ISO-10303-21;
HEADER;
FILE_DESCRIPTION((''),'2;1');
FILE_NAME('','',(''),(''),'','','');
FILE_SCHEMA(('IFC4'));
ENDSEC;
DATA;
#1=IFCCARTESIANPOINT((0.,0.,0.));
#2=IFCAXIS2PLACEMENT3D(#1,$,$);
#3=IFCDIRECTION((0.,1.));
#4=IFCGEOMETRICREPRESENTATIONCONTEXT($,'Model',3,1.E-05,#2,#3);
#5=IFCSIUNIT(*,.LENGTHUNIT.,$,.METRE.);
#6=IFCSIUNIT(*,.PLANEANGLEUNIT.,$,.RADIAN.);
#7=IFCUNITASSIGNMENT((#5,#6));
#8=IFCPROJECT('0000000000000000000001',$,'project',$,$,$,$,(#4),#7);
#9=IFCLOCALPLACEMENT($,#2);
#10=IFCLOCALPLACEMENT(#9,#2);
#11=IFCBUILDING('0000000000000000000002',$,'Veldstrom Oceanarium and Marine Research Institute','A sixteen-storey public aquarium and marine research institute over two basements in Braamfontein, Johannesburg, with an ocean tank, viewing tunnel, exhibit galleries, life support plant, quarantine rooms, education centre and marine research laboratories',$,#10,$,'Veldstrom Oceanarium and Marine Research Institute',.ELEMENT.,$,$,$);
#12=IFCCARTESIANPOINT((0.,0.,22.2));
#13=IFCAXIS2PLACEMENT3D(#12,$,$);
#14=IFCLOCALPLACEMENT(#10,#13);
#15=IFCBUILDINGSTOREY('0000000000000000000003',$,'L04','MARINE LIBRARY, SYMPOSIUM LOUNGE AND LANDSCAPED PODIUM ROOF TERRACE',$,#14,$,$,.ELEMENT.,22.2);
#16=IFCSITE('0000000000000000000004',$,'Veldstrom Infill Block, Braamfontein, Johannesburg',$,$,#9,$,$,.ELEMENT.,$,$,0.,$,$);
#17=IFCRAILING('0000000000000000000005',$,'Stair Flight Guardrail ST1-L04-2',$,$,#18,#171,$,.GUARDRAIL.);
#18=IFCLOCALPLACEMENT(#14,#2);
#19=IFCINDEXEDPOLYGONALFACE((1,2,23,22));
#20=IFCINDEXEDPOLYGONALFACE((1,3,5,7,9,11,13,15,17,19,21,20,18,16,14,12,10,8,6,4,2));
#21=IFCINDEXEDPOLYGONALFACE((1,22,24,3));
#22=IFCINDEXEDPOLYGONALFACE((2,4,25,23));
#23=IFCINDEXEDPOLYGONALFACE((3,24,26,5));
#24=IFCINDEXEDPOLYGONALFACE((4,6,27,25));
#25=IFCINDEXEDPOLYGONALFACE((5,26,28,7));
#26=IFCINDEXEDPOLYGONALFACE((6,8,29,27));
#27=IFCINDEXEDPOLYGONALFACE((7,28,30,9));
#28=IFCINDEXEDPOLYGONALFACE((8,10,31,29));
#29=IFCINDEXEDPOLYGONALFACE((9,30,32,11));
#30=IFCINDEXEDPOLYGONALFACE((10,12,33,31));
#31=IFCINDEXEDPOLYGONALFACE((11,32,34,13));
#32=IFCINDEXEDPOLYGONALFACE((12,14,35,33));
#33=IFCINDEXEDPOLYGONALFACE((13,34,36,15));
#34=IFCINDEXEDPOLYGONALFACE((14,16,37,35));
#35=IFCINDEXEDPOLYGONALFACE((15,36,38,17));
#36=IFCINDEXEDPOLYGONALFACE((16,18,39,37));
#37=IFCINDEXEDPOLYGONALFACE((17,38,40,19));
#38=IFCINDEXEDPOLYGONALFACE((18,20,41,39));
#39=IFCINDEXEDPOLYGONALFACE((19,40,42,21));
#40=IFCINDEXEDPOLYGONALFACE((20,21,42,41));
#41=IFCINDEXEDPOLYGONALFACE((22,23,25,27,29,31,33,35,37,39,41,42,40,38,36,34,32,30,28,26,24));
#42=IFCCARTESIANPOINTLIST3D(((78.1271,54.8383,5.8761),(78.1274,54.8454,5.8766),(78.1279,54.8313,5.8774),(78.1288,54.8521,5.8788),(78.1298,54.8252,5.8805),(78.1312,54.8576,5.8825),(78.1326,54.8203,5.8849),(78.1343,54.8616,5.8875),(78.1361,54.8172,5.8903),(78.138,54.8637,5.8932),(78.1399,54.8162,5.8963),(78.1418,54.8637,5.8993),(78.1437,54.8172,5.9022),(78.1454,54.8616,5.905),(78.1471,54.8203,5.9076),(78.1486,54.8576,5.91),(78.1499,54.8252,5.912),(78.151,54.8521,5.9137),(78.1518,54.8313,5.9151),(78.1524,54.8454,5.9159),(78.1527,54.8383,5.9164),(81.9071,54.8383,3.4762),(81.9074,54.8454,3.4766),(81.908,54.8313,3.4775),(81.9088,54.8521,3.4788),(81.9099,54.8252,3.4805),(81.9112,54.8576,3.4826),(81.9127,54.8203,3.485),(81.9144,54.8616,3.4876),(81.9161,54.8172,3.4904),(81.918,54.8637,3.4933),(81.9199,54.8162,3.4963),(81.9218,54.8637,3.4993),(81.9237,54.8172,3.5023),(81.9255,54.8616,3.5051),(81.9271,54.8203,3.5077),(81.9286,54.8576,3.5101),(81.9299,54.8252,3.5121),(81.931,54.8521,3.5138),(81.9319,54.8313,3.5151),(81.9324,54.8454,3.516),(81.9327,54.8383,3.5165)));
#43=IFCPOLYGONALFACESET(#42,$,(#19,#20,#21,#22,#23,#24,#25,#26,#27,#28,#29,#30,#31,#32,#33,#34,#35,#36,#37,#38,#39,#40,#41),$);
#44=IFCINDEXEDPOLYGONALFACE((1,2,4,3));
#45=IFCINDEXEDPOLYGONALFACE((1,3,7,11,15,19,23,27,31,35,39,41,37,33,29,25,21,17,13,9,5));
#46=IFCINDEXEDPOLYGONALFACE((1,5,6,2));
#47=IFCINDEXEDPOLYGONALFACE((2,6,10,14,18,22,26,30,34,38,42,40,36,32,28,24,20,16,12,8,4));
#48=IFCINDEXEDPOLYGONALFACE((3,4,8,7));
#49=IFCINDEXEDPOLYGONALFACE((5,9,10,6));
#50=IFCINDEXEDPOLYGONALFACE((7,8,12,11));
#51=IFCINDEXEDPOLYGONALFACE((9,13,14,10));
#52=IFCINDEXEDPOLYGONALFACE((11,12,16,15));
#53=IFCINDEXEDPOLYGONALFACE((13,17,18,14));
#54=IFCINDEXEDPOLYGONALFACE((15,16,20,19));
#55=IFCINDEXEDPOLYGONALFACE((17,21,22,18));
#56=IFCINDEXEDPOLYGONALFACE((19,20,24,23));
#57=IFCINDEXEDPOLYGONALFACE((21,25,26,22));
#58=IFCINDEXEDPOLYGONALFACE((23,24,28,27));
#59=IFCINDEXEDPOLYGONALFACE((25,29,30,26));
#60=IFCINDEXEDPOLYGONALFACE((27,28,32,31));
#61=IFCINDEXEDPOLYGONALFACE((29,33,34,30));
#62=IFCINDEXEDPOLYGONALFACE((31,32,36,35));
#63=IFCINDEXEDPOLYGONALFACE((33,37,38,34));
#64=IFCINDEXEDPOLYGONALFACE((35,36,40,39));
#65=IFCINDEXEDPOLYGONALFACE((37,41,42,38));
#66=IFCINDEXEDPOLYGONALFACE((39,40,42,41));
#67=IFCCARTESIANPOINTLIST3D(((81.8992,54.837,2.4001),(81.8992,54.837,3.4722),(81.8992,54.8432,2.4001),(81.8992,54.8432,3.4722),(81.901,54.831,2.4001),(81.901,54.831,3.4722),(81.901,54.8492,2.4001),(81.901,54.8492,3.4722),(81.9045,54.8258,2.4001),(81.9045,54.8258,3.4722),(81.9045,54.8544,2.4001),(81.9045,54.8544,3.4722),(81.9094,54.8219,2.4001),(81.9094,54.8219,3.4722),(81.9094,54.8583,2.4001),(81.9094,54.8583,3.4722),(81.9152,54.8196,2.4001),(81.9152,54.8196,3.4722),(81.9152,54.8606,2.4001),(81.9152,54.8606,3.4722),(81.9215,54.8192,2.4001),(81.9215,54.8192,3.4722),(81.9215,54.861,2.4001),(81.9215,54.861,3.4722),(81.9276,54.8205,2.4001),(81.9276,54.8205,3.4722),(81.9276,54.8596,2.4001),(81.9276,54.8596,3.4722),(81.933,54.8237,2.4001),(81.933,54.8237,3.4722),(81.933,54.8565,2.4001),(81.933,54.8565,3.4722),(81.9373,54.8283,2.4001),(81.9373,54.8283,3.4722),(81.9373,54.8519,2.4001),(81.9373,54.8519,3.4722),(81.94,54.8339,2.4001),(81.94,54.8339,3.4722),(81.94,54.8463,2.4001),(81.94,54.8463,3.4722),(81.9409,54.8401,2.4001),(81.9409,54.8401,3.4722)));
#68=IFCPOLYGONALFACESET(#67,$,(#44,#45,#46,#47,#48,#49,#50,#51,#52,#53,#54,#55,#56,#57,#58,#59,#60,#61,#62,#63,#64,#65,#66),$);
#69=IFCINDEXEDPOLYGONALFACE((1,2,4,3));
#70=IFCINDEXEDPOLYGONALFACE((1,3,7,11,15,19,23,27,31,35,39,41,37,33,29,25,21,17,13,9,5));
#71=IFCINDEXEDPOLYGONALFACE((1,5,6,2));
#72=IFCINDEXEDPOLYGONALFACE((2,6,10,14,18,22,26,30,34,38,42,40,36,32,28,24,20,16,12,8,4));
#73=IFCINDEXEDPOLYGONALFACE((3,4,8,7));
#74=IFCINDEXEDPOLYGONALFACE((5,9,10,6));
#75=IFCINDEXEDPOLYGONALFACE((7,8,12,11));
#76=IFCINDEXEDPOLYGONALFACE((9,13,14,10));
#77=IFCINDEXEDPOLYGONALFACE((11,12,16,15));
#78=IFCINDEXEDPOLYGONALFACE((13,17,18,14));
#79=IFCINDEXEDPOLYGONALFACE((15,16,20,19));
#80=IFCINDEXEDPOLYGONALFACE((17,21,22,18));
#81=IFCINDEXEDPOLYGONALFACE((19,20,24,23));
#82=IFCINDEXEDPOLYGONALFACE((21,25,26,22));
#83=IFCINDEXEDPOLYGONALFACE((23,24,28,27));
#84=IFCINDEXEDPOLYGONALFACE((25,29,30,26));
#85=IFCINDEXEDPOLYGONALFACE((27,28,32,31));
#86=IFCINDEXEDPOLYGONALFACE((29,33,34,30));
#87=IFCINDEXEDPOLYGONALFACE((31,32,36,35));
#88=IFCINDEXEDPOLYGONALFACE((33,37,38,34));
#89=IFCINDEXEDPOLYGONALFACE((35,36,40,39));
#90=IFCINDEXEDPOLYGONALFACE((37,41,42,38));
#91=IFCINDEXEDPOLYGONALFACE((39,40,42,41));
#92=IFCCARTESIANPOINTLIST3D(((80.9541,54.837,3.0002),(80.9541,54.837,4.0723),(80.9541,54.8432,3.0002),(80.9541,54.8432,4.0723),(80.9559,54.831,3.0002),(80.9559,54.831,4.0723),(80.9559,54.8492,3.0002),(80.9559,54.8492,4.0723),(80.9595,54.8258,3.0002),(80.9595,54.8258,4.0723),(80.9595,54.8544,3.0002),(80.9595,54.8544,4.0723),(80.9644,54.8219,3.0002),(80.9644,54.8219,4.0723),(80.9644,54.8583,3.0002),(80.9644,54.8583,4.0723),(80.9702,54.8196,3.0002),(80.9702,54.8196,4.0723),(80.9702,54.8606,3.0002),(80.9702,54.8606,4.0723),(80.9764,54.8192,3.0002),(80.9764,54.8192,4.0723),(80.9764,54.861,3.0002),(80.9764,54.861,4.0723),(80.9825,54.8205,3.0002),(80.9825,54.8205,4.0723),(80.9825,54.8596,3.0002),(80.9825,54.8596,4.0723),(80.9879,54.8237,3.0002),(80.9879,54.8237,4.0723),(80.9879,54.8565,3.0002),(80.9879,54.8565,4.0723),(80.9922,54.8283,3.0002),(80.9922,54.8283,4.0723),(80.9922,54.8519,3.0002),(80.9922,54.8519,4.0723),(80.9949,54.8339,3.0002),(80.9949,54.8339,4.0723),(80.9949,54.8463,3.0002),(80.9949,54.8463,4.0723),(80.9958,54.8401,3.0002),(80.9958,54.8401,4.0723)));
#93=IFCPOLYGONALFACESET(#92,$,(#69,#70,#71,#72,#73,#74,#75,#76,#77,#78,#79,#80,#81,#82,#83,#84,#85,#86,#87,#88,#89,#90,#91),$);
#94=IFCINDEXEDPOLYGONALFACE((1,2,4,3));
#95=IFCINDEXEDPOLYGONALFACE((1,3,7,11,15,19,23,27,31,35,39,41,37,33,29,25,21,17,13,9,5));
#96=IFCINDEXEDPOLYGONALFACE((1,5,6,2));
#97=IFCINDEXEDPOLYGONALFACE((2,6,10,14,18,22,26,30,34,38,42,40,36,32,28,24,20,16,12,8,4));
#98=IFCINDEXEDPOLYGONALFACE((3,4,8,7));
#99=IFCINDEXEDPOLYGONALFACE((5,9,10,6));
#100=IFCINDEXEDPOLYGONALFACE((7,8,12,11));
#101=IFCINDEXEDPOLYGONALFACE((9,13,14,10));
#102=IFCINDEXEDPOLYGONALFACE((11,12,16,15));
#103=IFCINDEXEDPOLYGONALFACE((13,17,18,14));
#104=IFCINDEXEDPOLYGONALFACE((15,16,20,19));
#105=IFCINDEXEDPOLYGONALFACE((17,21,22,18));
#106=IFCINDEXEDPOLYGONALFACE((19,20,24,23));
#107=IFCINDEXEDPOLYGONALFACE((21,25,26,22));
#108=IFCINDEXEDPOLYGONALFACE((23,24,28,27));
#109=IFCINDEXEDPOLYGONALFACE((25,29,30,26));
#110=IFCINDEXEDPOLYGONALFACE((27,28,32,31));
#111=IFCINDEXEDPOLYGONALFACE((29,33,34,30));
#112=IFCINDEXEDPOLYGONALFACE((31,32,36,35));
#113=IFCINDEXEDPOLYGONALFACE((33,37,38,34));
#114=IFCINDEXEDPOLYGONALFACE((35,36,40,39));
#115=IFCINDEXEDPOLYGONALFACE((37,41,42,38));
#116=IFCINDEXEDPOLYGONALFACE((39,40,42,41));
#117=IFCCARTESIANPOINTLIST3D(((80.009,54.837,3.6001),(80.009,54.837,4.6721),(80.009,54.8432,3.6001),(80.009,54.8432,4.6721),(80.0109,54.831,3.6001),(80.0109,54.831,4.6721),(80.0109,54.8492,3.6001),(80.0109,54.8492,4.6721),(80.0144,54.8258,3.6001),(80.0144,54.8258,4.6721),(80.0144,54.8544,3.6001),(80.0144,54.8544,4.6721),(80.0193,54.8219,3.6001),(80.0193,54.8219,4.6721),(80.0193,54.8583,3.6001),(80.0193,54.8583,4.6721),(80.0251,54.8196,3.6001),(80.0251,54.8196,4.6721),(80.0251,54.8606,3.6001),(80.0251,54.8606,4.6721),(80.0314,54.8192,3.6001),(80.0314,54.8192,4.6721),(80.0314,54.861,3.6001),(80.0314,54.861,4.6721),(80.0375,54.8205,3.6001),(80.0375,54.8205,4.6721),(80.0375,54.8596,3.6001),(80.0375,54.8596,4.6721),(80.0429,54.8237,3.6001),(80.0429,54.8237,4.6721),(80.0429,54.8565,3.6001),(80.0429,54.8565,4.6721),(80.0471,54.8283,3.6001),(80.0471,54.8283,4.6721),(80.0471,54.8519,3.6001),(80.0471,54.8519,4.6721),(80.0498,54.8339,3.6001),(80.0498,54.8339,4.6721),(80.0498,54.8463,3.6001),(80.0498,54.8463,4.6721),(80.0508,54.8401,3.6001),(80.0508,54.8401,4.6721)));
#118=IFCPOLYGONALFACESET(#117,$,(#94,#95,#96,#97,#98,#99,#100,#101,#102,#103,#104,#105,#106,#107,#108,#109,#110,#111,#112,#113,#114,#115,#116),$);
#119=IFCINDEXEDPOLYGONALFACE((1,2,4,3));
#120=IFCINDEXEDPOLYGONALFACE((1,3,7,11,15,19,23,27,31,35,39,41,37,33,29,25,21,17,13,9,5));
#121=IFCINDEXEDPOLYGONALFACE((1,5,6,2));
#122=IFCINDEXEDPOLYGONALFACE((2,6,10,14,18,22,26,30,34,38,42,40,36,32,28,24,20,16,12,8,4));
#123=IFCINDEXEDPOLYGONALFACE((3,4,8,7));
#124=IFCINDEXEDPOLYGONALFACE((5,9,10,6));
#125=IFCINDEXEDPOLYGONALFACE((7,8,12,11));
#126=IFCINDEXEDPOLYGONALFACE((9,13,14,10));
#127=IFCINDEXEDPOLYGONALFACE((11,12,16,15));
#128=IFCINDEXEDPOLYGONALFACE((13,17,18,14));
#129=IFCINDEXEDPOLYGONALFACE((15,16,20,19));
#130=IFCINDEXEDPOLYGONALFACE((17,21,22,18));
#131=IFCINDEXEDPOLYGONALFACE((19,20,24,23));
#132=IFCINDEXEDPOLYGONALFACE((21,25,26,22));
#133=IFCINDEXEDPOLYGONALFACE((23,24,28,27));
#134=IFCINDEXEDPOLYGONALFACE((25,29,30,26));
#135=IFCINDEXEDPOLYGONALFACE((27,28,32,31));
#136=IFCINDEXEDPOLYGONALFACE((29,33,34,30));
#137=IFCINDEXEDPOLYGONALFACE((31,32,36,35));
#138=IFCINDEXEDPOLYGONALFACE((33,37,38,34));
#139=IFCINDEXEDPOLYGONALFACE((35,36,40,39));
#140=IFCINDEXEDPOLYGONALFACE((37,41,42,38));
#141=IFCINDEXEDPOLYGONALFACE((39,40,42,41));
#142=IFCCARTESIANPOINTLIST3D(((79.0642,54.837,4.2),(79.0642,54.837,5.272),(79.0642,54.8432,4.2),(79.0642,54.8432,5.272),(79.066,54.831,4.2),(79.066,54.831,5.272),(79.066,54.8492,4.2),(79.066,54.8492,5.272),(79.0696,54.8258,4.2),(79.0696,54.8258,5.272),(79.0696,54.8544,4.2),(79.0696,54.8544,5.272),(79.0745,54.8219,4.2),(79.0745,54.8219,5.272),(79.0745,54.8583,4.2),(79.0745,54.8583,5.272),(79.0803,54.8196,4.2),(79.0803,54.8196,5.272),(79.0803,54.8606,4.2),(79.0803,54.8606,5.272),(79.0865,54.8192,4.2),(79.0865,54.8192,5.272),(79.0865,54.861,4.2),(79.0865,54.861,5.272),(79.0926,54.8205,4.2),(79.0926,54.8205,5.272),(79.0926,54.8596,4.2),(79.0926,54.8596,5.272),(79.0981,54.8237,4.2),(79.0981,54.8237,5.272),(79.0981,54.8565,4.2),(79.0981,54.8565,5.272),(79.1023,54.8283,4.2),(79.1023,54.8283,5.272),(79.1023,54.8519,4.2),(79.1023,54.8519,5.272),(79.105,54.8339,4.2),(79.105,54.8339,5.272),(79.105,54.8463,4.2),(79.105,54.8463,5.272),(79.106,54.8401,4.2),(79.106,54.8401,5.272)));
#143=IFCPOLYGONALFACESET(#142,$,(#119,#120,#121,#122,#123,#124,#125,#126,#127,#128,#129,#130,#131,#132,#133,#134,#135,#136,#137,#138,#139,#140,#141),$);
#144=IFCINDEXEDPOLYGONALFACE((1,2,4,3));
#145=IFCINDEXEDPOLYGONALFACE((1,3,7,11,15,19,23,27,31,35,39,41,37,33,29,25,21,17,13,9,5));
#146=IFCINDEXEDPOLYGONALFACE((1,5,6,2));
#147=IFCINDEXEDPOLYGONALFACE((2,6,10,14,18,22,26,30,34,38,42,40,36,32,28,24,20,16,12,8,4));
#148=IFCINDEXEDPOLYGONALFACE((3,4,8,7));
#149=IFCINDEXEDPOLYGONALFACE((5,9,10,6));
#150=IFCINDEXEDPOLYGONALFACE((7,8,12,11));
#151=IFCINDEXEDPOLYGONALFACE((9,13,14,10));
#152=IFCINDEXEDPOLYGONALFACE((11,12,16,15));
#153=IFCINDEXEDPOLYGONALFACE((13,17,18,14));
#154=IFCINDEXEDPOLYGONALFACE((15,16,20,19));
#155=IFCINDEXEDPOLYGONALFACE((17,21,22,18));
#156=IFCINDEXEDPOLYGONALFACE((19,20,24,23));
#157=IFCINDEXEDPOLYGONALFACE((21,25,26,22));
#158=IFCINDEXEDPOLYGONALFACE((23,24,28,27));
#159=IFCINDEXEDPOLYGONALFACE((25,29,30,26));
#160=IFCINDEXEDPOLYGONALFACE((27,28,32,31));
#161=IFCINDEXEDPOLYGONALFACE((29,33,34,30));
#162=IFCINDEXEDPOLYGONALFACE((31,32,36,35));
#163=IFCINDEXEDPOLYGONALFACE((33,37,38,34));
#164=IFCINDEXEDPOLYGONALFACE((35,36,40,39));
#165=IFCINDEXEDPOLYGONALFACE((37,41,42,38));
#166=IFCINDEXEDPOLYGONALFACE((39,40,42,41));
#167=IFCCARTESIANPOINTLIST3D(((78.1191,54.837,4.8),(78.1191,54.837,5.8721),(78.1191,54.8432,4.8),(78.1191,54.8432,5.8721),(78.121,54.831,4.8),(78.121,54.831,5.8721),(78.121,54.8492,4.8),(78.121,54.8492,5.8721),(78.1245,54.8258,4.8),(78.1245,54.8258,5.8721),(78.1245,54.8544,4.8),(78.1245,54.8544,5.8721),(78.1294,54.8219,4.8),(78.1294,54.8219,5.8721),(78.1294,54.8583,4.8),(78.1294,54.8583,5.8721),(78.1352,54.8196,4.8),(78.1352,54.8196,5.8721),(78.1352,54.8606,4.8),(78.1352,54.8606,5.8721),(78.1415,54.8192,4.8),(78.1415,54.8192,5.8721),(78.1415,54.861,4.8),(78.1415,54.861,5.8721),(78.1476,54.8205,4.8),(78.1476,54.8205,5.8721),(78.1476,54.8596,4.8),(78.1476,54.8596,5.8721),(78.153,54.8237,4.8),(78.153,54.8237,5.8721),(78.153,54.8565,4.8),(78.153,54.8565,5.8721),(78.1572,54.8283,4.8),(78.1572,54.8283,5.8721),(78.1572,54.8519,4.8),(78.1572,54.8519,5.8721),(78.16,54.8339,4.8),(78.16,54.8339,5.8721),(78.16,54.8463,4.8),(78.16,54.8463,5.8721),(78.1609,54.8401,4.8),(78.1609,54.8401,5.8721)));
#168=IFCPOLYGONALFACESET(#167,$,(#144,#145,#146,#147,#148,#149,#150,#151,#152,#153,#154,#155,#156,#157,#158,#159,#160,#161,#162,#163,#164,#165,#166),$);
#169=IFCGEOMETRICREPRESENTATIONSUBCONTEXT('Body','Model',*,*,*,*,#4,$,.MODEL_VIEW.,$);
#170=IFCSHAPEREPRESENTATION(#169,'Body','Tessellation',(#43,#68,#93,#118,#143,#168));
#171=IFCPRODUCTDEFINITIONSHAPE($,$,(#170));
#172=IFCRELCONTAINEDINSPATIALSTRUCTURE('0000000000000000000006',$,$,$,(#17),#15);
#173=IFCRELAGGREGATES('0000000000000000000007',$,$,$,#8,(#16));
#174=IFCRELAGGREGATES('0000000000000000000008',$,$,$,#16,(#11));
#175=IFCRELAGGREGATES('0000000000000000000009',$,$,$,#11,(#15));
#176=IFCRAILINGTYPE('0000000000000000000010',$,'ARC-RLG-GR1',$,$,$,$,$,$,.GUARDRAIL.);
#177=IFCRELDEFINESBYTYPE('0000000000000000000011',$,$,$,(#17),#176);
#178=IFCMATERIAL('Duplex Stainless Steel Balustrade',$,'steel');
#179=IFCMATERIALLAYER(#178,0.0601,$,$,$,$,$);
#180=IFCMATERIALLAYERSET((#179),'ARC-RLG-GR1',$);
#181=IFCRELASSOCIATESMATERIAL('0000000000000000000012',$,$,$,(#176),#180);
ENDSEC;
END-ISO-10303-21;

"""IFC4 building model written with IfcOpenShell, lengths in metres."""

from ifc_helpers import new_model, si_unit, direction, frame, origin, origin_2d, place, context, subcontext, project, spatial, circle, extrude, material, layer, layer_set, type_object, element, save


model = new_model("IFC4")

# Units and contexts
model_context = context("Model", 3, precision=1e-05, world=origin(), true_north=direction((0.0, 1.0)))
body_context = subcontext(model_context, "Body", "Model", "MODEL_VIEW")
ifc_project = project(units=[si_unit("LENGTHUNIT", "METRE"), si_unit("PLANEANGLEUNIT", "RADIAN")], contexts=[model_context])

# Site, building, storey
site_placement = place(None, origin())
site = spatial("IfcSite", under=ifc_project, at=site_placement, Name="Veldstrom Infill Block, Braamfontein, Johannesburg", CompositionType="ELEMENT", RefElevation=0.0)
building_placement = place(site_placement, origin())
building = spatial("IfcBuilding", under=site, at=building_placement, Name="Veldstrom Oceanarium and Marine Research Institute", Description="A sixteen-storey public aquarium and marine research institute over two basements in Braamfontein, Johannesburg, with an ocean tank, viewing tunnel, exhibit galleries, life support plant, quarantine rooms, education centre and marine research laboratories", LongName="Veldstrom Oceanarium and Marine Research Institute", CompositionType="ELEMENT")
storey_placement = place(building_placement, frame((0.0, 0.0, 22.2)))
storey = spatial("IfcBuildingStorey", under=building, at=storey_placement, Name="L04", Description="MARINE LIBRARY, SYMPOSIUM LOUNGE AND LANDSCAPED PODIUM ROOF TERRACE", CompositionType="ELEMENT", Elevation=22.2)

# Railing
ifc_material_1 = material(Name="Duplex Stainless Steel Balustrade", Category="steel")
ifc_layer_1 = layer(ifc_material_1, 0.0601)
ifc_layer_set_1 = layer_set([ifc_layer_1], Name="ARC-RLG-GR1")
railing_type_1 = type_object("IfcRailingType", Name="ARC-RLG-GR1", PredefinedType="GUARDRAIL", material=ifc_layer_set_1)
railing_1_placement = place(storey_placement, frame((81.9199, 54.8401, 2.4001)))
element("IfcRailing", 1, at=railing_1_placement, inside=storey, type_object=railing_type_1, Name="Stair Flight Guardrail ST1-L04-2", PredefinedType="GUARDRAIL", context=body_context, shape_type="SweptSolid", body=[
    extrude(circle(Radius=0.0239, at=origin_2d()), frame((0.0, 0.0, 1.0962), z_axis=(-0.844225, 0.0, 0.53599), x_axis=(0.0, -1.0, 0.0)), (0.0, 0.0, 1.0), 4.4775),
    extrude(circle(Radius=0.021, at=origin_2d()), origin(), (0.0, 0.0, 1.0), 1.072),
    extrude(circle(Radius=0.021, at=origin_2d()), frame((-0.9451, 0.0, 0.6001)), (0.0, 0.0, 1.0), 1.072),
    extrude(circle(Radius=0.021, at=origin_2d()), frame((-1.8901, 0.0, 1.2)), (0.0, 0.0, 1.0), 1.072),
    extrude(circle(Radius=0.021, at=origin_2d()), frame((-2.835, 0.0, 1.7998)), (0.0, 0.0, 1.0), 1.072),
    extrude(circle(Radius=0.021, at=origin_2d()), frame((-3.78, 0.0, 2.3999)), (0.0, 0.0, 1.0), 1.072),
])

save(model, "model.ifc")
